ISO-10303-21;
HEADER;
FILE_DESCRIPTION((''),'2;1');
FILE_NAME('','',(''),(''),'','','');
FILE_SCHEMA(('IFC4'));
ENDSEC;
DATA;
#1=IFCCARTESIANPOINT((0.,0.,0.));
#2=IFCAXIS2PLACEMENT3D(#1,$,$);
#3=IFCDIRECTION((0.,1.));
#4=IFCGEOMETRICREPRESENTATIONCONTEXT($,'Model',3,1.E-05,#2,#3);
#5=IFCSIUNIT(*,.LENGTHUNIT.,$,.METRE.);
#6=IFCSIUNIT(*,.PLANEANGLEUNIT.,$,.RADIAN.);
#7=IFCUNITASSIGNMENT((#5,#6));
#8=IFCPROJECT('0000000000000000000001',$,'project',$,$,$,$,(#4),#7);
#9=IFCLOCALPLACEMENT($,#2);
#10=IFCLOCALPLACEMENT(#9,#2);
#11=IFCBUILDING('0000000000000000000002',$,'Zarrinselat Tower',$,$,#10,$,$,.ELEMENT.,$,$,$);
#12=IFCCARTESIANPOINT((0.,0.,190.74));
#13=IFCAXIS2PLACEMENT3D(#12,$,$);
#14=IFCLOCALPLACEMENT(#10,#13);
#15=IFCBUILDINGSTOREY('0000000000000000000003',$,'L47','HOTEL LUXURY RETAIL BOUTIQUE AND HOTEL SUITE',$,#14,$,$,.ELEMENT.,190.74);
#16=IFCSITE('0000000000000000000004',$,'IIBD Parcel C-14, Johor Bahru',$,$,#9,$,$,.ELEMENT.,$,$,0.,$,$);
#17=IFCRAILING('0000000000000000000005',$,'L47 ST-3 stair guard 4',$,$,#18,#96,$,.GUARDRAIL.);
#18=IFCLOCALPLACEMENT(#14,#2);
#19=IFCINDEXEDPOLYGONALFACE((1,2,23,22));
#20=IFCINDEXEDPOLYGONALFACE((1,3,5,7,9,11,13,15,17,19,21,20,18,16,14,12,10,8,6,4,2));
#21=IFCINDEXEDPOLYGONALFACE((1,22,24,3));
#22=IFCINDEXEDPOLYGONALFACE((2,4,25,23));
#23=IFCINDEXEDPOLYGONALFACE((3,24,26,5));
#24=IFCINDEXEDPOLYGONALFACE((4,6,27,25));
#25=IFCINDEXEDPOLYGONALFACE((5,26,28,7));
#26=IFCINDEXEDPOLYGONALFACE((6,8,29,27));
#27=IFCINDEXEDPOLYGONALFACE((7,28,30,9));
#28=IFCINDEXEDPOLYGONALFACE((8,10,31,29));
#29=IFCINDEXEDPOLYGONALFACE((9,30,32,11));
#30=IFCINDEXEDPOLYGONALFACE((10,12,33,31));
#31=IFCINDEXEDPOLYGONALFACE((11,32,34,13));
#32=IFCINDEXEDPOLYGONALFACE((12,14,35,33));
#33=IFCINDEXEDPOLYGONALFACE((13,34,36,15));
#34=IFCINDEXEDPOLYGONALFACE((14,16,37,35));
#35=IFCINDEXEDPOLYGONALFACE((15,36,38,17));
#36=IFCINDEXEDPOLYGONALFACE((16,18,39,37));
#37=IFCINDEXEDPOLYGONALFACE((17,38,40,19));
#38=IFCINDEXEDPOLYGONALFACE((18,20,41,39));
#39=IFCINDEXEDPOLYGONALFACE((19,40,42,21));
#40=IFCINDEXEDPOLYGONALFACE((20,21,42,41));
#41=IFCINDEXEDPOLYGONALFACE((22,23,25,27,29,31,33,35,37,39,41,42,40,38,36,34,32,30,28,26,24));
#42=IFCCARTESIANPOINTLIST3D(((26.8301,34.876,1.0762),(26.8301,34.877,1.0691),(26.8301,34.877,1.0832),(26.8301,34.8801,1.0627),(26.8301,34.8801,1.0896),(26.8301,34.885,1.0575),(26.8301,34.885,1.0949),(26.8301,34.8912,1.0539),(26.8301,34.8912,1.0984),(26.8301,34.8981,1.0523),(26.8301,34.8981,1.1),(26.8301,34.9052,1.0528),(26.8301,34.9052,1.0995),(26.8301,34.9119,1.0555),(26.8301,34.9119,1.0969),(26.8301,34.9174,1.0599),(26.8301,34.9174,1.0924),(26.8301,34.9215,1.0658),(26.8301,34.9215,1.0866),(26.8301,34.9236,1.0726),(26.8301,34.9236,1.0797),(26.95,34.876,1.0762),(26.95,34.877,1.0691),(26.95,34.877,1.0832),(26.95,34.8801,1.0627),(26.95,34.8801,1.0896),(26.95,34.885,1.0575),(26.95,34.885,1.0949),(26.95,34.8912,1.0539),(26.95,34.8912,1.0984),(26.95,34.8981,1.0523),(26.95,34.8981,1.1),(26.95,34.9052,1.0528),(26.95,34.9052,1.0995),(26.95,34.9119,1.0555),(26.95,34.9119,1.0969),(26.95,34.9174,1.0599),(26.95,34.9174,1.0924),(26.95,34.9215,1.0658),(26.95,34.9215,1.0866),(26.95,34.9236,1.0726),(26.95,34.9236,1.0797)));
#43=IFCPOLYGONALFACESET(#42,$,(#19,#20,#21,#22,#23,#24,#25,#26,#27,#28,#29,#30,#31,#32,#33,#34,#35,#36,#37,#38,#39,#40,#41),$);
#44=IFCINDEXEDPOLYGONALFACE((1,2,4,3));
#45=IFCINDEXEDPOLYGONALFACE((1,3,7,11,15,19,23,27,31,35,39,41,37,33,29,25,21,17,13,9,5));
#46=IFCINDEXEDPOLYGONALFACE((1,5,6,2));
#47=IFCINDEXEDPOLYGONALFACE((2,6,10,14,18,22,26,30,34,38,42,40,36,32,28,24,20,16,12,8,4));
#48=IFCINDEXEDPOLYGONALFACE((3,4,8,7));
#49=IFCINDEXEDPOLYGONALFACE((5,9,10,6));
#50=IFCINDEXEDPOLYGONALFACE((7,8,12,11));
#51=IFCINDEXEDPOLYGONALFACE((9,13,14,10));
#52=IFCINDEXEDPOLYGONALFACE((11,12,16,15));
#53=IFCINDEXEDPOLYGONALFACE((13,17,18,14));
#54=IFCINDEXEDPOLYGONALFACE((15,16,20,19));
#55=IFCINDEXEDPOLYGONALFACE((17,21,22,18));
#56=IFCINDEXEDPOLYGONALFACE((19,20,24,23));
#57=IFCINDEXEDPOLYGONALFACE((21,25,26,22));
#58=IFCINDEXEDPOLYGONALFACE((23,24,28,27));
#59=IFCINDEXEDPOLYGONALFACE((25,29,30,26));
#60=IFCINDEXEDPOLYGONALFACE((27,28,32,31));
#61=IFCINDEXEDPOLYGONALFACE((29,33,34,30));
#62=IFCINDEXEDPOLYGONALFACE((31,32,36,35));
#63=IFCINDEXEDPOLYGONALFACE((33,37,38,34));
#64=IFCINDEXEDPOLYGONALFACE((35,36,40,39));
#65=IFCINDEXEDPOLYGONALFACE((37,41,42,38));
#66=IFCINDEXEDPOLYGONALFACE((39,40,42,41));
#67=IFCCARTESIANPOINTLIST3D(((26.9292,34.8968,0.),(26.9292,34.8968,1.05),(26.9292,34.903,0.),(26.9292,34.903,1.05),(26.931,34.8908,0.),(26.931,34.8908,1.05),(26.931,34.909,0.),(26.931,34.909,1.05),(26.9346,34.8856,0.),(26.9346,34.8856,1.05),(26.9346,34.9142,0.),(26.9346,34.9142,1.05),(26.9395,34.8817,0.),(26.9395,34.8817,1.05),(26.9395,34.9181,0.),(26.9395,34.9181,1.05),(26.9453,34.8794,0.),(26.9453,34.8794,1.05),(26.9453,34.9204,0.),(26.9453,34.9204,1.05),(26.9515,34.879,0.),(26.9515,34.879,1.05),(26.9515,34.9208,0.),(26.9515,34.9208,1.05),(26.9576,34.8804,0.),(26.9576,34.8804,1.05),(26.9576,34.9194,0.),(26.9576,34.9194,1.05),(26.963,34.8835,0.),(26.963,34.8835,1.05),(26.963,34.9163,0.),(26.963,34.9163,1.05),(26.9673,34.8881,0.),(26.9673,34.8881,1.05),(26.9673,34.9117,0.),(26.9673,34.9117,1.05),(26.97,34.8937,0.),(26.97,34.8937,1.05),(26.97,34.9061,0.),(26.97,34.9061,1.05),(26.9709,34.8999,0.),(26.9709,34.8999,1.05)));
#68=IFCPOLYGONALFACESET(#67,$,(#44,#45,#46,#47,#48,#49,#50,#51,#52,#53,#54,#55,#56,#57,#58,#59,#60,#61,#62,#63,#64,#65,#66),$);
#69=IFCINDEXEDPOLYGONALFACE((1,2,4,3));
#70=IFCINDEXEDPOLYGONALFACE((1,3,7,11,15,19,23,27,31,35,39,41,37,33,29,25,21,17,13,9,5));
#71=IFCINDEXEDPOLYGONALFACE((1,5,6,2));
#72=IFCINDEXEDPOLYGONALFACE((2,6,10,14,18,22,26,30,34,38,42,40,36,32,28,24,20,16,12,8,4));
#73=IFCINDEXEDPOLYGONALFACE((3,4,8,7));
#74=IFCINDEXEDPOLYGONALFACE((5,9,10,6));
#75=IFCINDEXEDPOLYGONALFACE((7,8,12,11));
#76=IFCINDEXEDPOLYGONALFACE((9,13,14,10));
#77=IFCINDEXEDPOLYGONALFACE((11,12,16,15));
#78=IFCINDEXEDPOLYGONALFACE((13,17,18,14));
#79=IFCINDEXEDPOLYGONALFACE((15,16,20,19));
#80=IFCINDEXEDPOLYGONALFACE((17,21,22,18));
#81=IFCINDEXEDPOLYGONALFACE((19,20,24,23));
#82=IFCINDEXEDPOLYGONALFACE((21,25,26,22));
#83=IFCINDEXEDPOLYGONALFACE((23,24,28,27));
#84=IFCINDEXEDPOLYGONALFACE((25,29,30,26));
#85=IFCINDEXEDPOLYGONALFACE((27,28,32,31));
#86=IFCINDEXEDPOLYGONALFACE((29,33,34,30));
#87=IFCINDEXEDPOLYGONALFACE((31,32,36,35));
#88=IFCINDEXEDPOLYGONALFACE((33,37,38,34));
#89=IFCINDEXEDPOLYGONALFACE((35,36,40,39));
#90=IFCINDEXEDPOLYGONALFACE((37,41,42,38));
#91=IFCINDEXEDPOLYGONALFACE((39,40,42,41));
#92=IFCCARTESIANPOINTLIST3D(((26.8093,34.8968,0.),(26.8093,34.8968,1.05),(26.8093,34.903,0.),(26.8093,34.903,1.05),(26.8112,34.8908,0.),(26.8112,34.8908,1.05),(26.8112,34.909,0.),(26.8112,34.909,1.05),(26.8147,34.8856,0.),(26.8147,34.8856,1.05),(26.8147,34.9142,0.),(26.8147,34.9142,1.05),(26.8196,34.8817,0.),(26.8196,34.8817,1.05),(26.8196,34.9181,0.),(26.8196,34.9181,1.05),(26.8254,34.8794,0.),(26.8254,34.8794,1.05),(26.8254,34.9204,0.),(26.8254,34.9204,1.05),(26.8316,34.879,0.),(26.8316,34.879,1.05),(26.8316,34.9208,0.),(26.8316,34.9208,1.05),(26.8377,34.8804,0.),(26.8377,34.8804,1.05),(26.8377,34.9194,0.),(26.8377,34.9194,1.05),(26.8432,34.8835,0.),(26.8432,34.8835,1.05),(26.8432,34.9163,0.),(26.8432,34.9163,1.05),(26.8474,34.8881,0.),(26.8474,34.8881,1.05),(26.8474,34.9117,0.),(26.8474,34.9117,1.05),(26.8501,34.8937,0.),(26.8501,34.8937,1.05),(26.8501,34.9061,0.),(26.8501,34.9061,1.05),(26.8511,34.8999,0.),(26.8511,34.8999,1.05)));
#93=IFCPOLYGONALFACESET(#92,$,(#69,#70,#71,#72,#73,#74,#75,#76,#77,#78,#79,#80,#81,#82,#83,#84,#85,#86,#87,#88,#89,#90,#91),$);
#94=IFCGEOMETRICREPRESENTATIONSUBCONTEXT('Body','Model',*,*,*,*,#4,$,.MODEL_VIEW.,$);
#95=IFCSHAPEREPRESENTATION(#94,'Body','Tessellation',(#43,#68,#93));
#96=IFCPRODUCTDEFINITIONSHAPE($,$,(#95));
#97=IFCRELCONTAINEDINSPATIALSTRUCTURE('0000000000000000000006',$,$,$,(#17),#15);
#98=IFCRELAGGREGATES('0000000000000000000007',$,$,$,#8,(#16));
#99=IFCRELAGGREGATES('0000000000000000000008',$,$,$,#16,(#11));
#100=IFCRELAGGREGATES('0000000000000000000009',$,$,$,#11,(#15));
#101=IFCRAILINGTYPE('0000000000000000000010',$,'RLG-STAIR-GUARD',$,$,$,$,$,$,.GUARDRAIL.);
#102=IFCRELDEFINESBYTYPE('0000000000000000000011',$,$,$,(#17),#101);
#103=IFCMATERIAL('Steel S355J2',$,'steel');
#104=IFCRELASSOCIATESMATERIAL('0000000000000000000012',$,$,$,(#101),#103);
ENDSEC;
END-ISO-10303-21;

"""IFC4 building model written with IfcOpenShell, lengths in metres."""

from ifc_helpers import new_model, si_unit, direction, frame, origin, origin_2d, place, context, subcontext, project, spatial, circle, extrude, material, type_object, element, save


model = new_model("IFC4")

# Units and contexts
model_context = context("Model", 3, precision=1e-05, world=origin(), true_north=direction((0.0, 1.0)))
body_context = subcontext(model_context, "Body", "Model", "MODEL_VIEW")
ifc_project = project(units=[si_unit("LENGTHUNIT", "METRE"), si_unit("PLANEANGLEUNIT", "RADIAN")], contexts=[model_context])

# Site, building, storey
site_placement = place(None, origin())
site = spatial("IfcSite", under=ifc_project, at=site_placement, Name="IIBD Parcel C-14, Johor Bahru", CompositionType="ELEMENT", RefElevation=0.0)
building_placement = place(site_placement, origin())
building = spatial("IfcBuilding", under=site, at=building_placement, Name="Zarrinselat Tower", CompositionType="ELEMENT")
storey_placement = place(building_placement, frame((0.0, 0.0, 190.74)))
storey = spatial("IfcBuildingStorey", under=building, at=storey_placement, Name="L47", Description="HOTEL LUXURY RETAIL BOUTIQUE AND HOTEL SUITE", CompositionType="ELEMENT", Elevation=190.74)

# Railing
ifc_material_1 = material(Name="Steel S355J2", Category="steel")
railing_type_1 = type_object("IfcRailingType", Name="RLG-STAIR-GUARD", PredefinedType="GUARDRAIL", material=ifc_material_1)
railing_1_placement = place(storey_placement, frame((26.95, 34.8999, 0.0)))
element("IfcRailing", 1, at=railing_1_placement, inside=storey, type_object=railing_type_1, Name="L47 ST-3 stair guard 4", PredefinedType="GUARDRAIL", context=body_context, shape_type="SweptSolid", body=[
    extrude(circle(Radius=0.0239, at=origin_2d()), frame((0.0, 0.0, 1.0762), z_axis=(-1.0, 0.0, 0.0), x_axis=(0.0, -1.0, 0.0)), (0.0, 0.0, 1.0), 0.1199),
    extrude(circle(Radius=0.021, at=origin_2d()), origin(), (0.0, 0.0, 1.0), 1.05),
    extrude(circle(Radius=0.021, at=origin_2d()), frame((-0.1199, 0.0, 0.0)), (0.0, 0.0, 1.0), 1.05),
])

save(model, "model.ifc")
